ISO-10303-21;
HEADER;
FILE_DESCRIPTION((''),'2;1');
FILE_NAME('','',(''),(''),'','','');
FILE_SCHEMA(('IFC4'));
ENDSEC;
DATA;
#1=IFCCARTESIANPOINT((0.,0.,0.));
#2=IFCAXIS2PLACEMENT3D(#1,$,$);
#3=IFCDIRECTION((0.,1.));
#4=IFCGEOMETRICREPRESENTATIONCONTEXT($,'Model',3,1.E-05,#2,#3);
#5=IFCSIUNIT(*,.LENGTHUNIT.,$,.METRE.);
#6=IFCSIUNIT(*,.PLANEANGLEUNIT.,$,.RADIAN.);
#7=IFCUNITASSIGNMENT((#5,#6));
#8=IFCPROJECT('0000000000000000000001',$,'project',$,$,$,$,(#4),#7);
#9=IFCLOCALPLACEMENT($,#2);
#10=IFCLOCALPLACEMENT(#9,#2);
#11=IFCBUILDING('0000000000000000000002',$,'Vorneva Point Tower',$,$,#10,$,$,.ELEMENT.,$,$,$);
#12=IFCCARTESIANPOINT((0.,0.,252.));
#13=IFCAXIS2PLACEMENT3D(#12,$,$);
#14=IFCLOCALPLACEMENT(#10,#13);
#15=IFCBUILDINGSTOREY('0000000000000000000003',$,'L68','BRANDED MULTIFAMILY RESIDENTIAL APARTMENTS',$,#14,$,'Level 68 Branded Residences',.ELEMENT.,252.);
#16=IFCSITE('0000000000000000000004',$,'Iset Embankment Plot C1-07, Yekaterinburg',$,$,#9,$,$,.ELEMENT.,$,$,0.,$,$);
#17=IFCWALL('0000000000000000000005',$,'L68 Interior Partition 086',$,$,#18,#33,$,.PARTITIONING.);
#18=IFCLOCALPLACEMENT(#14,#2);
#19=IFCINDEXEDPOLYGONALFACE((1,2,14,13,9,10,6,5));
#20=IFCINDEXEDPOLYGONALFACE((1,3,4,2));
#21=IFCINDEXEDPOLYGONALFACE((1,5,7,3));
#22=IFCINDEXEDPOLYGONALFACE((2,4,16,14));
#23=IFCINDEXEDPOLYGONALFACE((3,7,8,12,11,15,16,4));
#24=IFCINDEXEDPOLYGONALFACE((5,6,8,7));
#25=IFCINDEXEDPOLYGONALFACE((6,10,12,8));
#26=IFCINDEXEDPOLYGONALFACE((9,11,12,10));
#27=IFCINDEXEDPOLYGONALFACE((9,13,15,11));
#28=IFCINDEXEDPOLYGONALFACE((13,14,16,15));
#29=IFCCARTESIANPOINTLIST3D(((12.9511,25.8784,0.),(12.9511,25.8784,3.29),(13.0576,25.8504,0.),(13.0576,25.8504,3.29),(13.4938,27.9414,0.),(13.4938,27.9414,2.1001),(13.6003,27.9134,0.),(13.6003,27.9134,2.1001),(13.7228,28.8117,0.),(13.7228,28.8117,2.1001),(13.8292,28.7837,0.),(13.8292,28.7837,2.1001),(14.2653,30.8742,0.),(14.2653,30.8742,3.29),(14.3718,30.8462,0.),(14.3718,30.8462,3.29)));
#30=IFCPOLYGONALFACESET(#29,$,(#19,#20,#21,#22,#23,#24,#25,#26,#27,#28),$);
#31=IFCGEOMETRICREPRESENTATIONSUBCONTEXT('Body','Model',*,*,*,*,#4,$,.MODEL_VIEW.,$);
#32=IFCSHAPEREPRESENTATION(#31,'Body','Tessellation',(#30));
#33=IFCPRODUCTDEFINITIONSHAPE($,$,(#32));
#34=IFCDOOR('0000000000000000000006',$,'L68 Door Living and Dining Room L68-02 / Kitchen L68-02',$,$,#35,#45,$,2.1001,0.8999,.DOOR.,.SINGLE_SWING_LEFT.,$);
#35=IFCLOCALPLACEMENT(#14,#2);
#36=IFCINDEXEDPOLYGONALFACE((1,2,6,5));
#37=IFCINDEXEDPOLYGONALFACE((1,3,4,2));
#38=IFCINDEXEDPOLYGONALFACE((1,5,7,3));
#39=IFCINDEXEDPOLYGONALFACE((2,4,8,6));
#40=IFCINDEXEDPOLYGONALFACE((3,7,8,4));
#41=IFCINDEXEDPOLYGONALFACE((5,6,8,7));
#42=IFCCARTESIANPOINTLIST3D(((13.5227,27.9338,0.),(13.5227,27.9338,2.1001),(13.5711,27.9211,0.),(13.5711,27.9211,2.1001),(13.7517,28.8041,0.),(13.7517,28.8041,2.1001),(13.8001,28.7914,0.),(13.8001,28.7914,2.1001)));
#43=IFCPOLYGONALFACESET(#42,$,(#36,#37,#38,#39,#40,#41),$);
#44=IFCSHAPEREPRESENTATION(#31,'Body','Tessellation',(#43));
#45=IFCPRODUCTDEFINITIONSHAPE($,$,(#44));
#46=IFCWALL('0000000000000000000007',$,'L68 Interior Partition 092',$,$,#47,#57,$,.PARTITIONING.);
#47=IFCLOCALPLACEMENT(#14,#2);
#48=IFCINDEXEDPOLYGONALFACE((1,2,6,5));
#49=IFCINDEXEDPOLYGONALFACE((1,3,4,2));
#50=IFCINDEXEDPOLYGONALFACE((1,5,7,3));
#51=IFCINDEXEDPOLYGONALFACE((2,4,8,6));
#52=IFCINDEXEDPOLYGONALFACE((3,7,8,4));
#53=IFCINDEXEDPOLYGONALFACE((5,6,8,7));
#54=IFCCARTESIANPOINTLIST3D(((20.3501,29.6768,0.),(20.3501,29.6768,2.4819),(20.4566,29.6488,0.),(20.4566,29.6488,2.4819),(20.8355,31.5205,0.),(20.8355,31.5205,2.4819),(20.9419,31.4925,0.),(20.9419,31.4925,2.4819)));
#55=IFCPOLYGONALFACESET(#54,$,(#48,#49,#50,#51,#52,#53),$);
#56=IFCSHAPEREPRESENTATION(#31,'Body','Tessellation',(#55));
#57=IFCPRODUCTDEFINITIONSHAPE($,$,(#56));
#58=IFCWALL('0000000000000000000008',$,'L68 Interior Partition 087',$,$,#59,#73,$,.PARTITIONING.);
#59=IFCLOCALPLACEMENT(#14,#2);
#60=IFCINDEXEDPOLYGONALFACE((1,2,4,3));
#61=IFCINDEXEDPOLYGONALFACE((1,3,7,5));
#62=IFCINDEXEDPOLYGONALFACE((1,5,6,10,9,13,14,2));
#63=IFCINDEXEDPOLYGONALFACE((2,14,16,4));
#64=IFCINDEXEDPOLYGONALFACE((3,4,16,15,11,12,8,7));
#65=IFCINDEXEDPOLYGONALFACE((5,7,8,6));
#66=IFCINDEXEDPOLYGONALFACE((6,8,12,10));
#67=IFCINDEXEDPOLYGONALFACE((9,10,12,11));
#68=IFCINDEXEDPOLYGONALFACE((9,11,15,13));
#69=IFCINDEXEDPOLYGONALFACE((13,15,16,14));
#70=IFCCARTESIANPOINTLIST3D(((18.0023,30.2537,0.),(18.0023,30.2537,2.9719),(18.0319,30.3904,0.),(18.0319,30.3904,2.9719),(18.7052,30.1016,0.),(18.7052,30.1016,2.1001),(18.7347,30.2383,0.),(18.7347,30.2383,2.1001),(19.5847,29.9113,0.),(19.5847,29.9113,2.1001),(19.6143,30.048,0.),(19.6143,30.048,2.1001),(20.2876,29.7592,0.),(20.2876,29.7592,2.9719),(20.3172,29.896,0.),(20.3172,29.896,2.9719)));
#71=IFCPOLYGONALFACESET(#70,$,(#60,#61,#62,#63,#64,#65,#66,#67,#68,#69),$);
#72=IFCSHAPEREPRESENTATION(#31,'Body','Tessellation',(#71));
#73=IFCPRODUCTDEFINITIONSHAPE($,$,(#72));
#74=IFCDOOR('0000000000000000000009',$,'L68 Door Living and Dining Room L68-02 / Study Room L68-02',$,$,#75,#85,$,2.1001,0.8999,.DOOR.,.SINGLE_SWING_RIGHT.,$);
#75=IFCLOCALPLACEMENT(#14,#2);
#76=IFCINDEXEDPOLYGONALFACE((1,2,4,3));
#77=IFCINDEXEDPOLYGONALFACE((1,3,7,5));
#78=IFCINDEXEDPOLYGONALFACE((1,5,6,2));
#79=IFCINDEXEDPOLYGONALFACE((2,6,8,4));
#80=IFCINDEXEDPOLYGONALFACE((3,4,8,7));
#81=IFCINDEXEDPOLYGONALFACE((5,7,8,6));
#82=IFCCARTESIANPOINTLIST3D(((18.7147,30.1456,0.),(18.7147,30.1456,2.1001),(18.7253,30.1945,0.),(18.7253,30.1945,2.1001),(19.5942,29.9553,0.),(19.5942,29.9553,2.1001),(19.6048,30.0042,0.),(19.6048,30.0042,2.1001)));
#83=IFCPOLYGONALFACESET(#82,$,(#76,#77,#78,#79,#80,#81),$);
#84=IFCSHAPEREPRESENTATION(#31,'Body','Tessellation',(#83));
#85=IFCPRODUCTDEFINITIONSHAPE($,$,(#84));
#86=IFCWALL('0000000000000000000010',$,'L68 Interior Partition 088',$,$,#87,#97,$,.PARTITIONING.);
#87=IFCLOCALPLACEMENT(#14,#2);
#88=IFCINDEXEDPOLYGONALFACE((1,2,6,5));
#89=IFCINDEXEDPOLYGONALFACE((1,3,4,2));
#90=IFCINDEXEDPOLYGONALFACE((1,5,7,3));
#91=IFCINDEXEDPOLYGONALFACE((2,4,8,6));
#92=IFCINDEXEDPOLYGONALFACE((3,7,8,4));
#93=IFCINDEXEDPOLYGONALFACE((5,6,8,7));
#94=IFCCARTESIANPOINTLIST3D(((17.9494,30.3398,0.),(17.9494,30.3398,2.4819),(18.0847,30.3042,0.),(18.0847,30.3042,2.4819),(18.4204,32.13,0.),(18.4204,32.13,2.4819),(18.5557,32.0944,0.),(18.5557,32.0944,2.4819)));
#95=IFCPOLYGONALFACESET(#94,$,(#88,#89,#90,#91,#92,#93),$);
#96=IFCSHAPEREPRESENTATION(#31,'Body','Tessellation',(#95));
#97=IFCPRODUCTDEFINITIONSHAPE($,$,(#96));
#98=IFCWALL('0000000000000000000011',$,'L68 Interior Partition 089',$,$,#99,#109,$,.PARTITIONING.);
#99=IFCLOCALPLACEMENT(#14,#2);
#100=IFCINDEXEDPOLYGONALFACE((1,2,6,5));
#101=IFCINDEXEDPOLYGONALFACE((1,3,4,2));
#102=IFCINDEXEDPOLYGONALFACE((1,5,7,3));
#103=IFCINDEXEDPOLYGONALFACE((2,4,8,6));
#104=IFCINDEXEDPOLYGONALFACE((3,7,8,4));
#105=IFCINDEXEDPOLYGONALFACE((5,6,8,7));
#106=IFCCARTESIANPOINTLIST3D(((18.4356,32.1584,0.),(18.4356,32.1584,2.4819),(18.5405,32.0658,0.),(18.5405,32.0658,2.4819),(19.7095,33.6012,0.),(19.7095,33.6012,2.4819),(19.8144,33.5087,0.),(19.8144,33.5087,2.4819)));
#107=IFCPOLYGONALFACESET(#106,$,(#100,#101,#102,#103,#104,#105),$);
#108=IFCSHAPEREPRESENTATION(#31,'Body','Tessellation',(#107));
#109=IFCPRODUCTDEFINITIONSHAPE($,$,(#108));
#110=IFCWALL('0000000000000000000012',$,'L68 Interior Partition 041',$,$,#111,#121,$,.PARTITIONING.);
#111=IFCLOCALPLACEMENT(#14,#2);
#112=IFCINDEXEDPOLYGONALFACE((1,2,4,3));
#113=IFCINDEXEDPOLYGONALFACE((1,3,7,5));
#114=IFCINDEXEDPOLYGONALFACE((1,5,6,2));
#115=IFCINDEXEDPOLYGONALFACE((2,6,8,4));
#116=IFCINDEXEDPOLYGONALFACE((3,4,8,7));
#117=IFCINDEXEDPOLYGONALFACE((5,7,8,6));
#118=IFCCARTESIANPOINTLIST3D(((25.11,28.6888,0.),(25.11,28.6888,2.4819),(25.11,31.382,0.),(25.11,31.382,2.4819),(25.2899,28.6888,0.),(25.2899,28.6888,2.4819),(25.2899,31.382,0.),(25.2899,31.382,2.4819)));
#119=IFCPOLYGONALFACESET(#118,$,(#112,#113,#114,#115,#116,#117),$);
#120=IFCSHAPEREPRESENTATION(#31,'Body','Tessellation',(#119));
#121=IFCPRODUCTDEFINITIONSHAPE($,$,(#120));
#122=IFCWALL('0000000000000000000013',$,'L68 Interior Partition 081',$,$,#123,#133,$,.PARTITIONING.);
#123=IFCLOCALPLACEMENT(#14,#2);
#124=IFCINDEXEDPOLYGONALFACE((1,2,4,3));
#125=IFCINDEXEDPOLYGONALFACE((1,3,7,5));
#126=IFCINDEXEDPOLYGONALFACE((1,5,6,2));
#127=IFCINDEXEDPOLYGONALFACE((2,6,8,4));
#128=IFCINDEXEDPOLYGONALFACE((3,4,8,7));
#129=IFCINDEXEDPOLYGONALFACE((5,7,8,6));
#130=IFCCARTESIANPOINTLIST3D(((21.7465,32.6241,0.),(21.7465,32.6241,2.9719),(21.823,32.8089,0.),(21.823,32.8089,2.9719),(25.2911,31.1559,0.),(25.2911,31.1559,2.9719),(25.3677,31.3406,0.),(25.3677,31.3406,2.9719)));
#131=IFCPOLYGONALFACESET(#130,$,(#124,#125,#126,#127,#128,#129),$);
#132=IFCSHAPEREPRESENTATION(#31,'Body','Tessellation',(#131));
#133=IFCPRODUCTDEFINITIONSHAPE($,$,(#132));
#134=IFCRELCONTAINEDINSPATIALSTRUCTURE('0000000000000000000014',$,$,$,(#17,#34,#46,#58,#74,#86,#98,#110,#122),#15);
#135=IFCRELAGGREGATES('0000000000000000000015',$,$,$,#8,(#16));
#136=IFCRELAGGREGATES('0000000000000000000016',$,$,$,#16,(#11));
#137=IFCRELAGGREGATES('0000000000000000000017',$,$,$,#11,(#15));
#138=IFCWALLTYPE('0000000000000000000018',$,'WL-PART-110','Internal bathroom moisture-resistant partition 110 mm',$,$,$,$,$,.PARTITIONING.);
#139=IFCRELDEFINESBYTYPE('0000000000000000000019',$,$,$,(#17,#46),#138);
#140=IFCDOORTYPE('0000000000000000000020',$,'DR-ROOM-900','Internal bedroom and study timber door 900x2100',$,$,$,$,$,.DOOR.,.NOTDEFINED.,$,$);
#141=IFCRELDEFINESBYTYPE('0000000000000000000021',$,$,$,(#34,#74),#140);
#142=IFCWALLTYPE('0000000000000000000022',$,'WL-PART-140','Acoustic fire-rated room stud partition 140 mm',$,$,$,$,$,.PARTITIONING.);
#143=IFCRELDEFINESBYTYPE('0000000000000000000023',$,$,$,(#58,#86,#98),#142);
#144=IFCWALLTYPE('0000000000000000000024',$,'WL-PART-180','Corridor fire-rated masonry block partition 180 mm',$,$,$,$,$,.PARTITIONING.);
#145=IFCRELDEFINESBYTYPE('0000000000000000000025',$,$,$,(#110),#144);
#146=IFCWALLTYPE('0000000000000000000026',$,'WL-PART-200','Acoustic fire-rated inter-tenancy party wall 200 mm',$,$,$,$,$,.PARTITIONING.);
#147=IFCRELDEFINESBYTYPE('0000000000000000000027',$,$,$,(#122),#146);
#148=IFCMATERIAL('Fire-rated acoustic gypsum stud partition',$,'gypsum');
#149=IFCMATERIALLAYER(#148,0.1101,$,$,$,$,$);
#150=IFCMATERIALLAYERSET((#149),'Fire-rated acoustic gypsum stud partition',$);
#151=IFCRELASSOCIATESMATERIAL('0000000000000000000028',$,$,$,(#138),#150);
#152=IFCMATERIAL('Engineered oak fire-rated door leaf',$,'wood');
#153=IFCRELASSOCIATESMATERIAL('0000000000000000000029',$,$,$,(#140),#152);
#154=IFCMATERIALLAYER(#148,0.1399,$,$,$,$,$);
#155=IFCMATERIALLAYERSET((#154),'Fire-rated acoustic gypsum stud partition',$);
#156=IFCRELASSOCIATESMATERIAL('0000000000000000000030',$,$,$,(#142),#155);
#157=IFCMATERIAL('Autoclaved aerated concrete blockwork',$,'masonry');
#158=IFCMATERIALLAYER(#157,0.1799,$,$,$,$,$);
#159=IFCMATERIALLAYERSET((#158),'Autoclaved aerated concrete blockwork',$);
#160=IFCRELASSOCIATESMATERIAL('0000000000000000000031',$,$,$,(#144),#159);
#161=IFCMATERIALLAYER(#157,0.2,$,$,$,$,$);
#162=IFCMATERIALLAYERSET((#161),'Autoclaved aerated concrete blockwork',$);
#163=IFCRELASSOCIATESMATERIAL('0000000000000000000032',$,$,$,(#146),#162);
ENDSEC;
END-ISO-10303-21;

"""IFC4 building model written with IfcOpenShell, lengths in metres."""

from ifc_helpers import new_model, si_unit, direction, frame, frame_2d, origin, place, context, subcontext, project, spatial, rectangle, extrude, material, layer, layer_set, type_object, element, fill, save


model = new_model("IFC4")

# Units and contexts
model_context = context("Model", 3, precision=1e-05, world=origin(), true_north=direction((0.0, 1.0)))
body_context = subcontext(model_context, "Body", "Model", "MODEL_VIEW")
ifc_project = project(units=[si_unit("LENGTHUNIT", "METRE"), si_unit("PLANEANGLEUNIT", "RADIAN")], contexts=[model_context])

# Site, building, storey
site_placement = place(None, origin())
site = spatial("IfcSite", under=ifc_project, at=site_placement, Name="Iset Embankment Plot C1-07, Yekaterinburg", CompositionType="ELEMENT", RefElevation=0.0)
building_placement = place(site_placement, origin())
building = spatial("IfcBuilding", under=site, at=building_placement, Name="Vorneva Point Tower", CompositionType="ELEMENT")
storey_placement = place(building_placement, frame((0.0, 0.0, 252.0)))
storey = spatial("IfcBuildingStorey", under=building, at=storey_placement, Name="L68", Description="BRANDED MULTIFAMILY RESIDENTIAL APARTMENTS", LongName="Level 68 Branded Residences", CompositionType="ELEMENT", Elevation=252.0)

# Shared definitions
ifc_material_1 = material(Name="Fire-rated acoustic gypsum stud partition", Category="gypsum")
ifc_layer_1 = layer(ifc_material_1, 0.1101)
ifc_layer_set_1 = layer_set([ifc_layer_1], Name="Fire-rated acoustic gypsum stud partition")
wall_type_1 = type_object("IfcWallType", Name="WL-PART-110", Description="Internal bathroom moisture-resistant partition 110 mm", PredefinedType="PARTITIONING", material=ifc_layer_set_1)
ifc_material_2 = material(Name="Engineered oak fire-rated door leaf", Category="wood")

# Wall, opening, door
wall_1_placement = place(storey_placement, frame((14.3186, 30.8604, 0.0), z_axis=(0.0, 0.0, 1.0), x_axis=(-0.254405, -0.967098, 0.0)))
wall_1 = element("IfcWall", 1, at=wall_1_placement, inside=storey, type_object=wall_type_1, Name="L68 Interior Partition 086", PredefinedType="PARTITIONING", context=body_context, shape_type="SweptSolid", body=[
    extrude(rectangle(XDim=5.1658, YDim=0.1101, at=frame_2d((2.583, 0.0))), origin(), (0.0, 0.0, 1.0), 3.29),
])
opening_1_placement = place(wall_1_placement, frame((2.1328, 0.0, 0.0)))
opening_1 = element("IfcOpeningElement", 2, at=opening_1_placement, cuts=wall_1, PredefinedType="OPENING", context=body_context, shape_type="SweptSolid", body=[
    extrude(rectangle(XDim=0.8999, YDim=2.1001, at=frame_2d((0.45, 1.05))), frame((0.0, 0.0698, 0.0), z_axis=(0.0, -1.0, 0.0), x_axis=(1.0, 0.0, 0.0)), (0.0, 0.0, 1.0), 0.1399),
])
door_type_1 = type_object("IfcDoorType", Name="DR-ROOM-900", Description="Internal bedroom and study timber door 900x2100", OperationType="NOTDEFINED", PredefinedType="DOOR", material=ifc_material_2)
door_1_placement = place(opening_1_placement, origin())
door_1 = element("IfcDoor", 3, at=door_1_placement, inside=storey, type_object=door_type_1, Name="L68 Door Living and Dining Room L68-02 / Kitchen L68-02", OperationType="SINGLE_SWING_LEFT", OverallHeight=2.1001, OverallWidth=0.8999, PredefinedType="DOOR", context=body_context, shape_type="SweptSolid", body=[
    extrude(rectangle(XDim=0.8999, YDim=2.1001, at=frame_2d((0.45, 1.05))), frame((0.0, 0.0249, 0.0), z_axis=(0.0, -1.0, 0.0), x_axis=(1.0, 0.0, 0.0)), (0.0, 0.0, 1.0), 0.05),
])
fill(opening_1, door_1)

# Wall
wall_2_placement = place(storey_placement, frame((20.8887, 31.5063, 0.0), z_axis=(0.0, 0.0, 1.0), x_axis=(-0.254569, -0.967055, 0.0)))
element("IfcWall", 4, at=wall_2_placement, inside=storey, type_object=wall_type_1, Name="L68 Interior Partition 092", PredefinedType="PARTITIONING", context=body_context, shape_type="SweptSolid", body=[
    extrude(rectangle(XDim=1.9065, YDim=0.1101, at=frame_2d((0.9531, 0.0))), origin(), (0.0, 0.0, 1.0), 2.4819),
])

# Wall, opening, door
ifc_layer_2 = layer(ifc_material_1, 0.1399)
ifc_layer_set_2 = layer_set([ifc_layer_2], Name="Fire-rated acoustic gypsum stud partition")
wall_type_2 = type_object("IfcWallType", Name="WL-PART-140", Description="Acoustic fire-rated room stud partition 140 mm", PredefinedType="PARTITIONING", material=ifc_layer_set_2)
wall_3_placement = place(storey_placement, frame((20.3022, 29.8276, 0.0), z_axis=(0.0, 0.0, 1.0), x_axis=(-0.977388, 0.211454, 0.0)))
wall_3 = element("IfcWall", 5, at=wall_3_placement, inside=storey, type_object=wall_type_2, Name="L68 Interior Partition 087", PredefinedType="PARTITIONING", context=body_context, shape_type="SweptSolid", body=[
    extrude(rectangle(XDim=2.3381, YDim=0.1399, at=frame_2d((1.1689, 0.0))), origin(), (0.0, 0.0, 1.0), 2.9719),
])
opening_2_placement = place(wall_3_placement, frame((0.719, 0.0, 0.0)))
opening_2 = element("IfcOpeningElement", 6, at=opening_2_placement, cuts=wall_3, PredefinedType="OPENING", context=body_context, shape_type="SweptSolid", body=[
    extrude(rectangle(XDim=0.8999, YDim=2.1001, at=frame_2d((0.45, 1.05))), frame((0.0, 0.085, 0.0), z_axis=(0.0, -1.0, 0.0), x_axis=(1.0, 0.0, 0.0)), (0.0, 0.0, 1.0), 0.1697),
])
door_2_placement = place(opening_2_placement, origin())
door_2 = element("IfcDoor", 7, at=door_2_placement, inside=storey, type_object=door_type_1, Name="L68 Door Living and Dining Room L68-02 / Study Room L68-02", OperationType="SINGLE_SWING_RIGHT", OverallHeight=2.1001, OverallWidth=0.8999, PredefinedType="DOOR", context=body_context, shape_type="SweptSolid", body=[
    extrude(rectangle(XDim=0.8999, YDim=2.1001, at=frame_2d((0.45, 1.05))), frame((0.0, 0.0249, 0.0), z_axis=(0.0, -1.0, 0.0), x_axis=(1.0, 0.0, 0.0)), (0.0, 0.0, 1.0), 0.05),
])
fill(opening_2, door_2)

# Walls
wall_4_placement = place(storey_placement, frame((18.0171, 30.322, 0.0), z_axis=(0.0, 0.0, 1.0), x_axis=(0.254435, 0.96709, 0.0)))
element("IfcWall", 8, at=wall_4_placement, inside=storey, type_object=wall_type_2, Name="L68 Interior Partition 088", PredefinedType="PARTITIONING", context=body_context, shape_type="SweptSolid", body=[
    extrude(rectangle(XDim=1.8511, YDim=0.1399, at=frame_2d((0.9255, 0.0))), origin(), (0.0, 0.0, 1.0), 2.4819),
])
wall_5_placement = place(storey_placement, frame((18.488, 32.1121, 0.0), z_axis=(0.0, 0.0, 1.0), x_axis=(0.661857, 0.749631, 0.0)))
element("IfcWall", 9, at=wall_5_placement, inside=storey, type_object=wall_type_2, Name="L68 Interior Partition 089", PredefinedType="PARTITIONING", context=body_context, shape_type="SweptSolid", body=[
    extrude(rectangle(XDim=1.9248, YDim=0.1399, at=frame_2d((0.9624, 0.0))), origin(), (0.0, 0.0, 1.0), 2.4819),
])

# Shared definitions
ifc_material_3 = material(Name="Autoclaved aerated concrete blockwork", Category="masonry")
ifc_layer_3 = layer(ifc_material_3, 0.1799)
ifc_layer_set_3 = layer_set([ifc_layer_3], Name="Autoclaved aerated concrete blockwork")
wall_type_3 = type_object("IfcWallType", Name="WL-PART-180", Description="Corridor fire-rated masonry block partition 180 mm", PredefinedType="PARTITIONING", material=ifc_layer_set_3)

# Walls
wall_6_placement = place(storey_placement, frame((25.2, 31.3821, 0.0), z_axis=(0.0, 0.0, 1.0), x_axis=(0.0, -1.0, 0.0)))
element("IfcWall", 10, at=wall_6_placement, inside=storey, type_object=wall_type_3, Name="L68 Interior Partition 041", PredefinedType="PARTITIONING", context=body_context, shape_type="SweptSolid", body=[
    extrude(rectangle(XDim=2.6931, YDim=0.1799, at=frame_2d((1.3467, 0.0))), origin(), (0.0, 0.0, 1.0), 2.4819),
])
ifc_layer_4 = layer(ifc_material_3, 0.2)
ifc_layer_set_4 = layer_set([ifc_layer_4], Name="Autoclaved aerated concrete blockwork")
wall_type_4 = type_object("IfcWallType", Name="WL-PART-200", Description="Acoustic fire-rated inter-tenancy party wall 200 mm", PredefinedType="PARTITIONING", material=ifc_layer_set_4)
wall_7_placement = place(storey_placement, frame((21.7847, 32.7166, 0.0), z_axis=(0.0, 0.0, 1.0), x_axis=(0.923879, -0.382685, 0.0)))
element("IfcWall", 11, at=wall_7_placement, inside=storey, type_object=wall_type_4, Name="L68 Interior Partition 081", PredefinedType="PARTITIONING", context=body_context, shape_type="SweptSolid", body=[
    extrude(rectangle(XDim=3.8367, YDim=0.2, at=frame_2d((1.9185, 0.0))), origin(), (0.0, 0.0, 1.0), 2.9719),
])

save(model, "model.ifc")
